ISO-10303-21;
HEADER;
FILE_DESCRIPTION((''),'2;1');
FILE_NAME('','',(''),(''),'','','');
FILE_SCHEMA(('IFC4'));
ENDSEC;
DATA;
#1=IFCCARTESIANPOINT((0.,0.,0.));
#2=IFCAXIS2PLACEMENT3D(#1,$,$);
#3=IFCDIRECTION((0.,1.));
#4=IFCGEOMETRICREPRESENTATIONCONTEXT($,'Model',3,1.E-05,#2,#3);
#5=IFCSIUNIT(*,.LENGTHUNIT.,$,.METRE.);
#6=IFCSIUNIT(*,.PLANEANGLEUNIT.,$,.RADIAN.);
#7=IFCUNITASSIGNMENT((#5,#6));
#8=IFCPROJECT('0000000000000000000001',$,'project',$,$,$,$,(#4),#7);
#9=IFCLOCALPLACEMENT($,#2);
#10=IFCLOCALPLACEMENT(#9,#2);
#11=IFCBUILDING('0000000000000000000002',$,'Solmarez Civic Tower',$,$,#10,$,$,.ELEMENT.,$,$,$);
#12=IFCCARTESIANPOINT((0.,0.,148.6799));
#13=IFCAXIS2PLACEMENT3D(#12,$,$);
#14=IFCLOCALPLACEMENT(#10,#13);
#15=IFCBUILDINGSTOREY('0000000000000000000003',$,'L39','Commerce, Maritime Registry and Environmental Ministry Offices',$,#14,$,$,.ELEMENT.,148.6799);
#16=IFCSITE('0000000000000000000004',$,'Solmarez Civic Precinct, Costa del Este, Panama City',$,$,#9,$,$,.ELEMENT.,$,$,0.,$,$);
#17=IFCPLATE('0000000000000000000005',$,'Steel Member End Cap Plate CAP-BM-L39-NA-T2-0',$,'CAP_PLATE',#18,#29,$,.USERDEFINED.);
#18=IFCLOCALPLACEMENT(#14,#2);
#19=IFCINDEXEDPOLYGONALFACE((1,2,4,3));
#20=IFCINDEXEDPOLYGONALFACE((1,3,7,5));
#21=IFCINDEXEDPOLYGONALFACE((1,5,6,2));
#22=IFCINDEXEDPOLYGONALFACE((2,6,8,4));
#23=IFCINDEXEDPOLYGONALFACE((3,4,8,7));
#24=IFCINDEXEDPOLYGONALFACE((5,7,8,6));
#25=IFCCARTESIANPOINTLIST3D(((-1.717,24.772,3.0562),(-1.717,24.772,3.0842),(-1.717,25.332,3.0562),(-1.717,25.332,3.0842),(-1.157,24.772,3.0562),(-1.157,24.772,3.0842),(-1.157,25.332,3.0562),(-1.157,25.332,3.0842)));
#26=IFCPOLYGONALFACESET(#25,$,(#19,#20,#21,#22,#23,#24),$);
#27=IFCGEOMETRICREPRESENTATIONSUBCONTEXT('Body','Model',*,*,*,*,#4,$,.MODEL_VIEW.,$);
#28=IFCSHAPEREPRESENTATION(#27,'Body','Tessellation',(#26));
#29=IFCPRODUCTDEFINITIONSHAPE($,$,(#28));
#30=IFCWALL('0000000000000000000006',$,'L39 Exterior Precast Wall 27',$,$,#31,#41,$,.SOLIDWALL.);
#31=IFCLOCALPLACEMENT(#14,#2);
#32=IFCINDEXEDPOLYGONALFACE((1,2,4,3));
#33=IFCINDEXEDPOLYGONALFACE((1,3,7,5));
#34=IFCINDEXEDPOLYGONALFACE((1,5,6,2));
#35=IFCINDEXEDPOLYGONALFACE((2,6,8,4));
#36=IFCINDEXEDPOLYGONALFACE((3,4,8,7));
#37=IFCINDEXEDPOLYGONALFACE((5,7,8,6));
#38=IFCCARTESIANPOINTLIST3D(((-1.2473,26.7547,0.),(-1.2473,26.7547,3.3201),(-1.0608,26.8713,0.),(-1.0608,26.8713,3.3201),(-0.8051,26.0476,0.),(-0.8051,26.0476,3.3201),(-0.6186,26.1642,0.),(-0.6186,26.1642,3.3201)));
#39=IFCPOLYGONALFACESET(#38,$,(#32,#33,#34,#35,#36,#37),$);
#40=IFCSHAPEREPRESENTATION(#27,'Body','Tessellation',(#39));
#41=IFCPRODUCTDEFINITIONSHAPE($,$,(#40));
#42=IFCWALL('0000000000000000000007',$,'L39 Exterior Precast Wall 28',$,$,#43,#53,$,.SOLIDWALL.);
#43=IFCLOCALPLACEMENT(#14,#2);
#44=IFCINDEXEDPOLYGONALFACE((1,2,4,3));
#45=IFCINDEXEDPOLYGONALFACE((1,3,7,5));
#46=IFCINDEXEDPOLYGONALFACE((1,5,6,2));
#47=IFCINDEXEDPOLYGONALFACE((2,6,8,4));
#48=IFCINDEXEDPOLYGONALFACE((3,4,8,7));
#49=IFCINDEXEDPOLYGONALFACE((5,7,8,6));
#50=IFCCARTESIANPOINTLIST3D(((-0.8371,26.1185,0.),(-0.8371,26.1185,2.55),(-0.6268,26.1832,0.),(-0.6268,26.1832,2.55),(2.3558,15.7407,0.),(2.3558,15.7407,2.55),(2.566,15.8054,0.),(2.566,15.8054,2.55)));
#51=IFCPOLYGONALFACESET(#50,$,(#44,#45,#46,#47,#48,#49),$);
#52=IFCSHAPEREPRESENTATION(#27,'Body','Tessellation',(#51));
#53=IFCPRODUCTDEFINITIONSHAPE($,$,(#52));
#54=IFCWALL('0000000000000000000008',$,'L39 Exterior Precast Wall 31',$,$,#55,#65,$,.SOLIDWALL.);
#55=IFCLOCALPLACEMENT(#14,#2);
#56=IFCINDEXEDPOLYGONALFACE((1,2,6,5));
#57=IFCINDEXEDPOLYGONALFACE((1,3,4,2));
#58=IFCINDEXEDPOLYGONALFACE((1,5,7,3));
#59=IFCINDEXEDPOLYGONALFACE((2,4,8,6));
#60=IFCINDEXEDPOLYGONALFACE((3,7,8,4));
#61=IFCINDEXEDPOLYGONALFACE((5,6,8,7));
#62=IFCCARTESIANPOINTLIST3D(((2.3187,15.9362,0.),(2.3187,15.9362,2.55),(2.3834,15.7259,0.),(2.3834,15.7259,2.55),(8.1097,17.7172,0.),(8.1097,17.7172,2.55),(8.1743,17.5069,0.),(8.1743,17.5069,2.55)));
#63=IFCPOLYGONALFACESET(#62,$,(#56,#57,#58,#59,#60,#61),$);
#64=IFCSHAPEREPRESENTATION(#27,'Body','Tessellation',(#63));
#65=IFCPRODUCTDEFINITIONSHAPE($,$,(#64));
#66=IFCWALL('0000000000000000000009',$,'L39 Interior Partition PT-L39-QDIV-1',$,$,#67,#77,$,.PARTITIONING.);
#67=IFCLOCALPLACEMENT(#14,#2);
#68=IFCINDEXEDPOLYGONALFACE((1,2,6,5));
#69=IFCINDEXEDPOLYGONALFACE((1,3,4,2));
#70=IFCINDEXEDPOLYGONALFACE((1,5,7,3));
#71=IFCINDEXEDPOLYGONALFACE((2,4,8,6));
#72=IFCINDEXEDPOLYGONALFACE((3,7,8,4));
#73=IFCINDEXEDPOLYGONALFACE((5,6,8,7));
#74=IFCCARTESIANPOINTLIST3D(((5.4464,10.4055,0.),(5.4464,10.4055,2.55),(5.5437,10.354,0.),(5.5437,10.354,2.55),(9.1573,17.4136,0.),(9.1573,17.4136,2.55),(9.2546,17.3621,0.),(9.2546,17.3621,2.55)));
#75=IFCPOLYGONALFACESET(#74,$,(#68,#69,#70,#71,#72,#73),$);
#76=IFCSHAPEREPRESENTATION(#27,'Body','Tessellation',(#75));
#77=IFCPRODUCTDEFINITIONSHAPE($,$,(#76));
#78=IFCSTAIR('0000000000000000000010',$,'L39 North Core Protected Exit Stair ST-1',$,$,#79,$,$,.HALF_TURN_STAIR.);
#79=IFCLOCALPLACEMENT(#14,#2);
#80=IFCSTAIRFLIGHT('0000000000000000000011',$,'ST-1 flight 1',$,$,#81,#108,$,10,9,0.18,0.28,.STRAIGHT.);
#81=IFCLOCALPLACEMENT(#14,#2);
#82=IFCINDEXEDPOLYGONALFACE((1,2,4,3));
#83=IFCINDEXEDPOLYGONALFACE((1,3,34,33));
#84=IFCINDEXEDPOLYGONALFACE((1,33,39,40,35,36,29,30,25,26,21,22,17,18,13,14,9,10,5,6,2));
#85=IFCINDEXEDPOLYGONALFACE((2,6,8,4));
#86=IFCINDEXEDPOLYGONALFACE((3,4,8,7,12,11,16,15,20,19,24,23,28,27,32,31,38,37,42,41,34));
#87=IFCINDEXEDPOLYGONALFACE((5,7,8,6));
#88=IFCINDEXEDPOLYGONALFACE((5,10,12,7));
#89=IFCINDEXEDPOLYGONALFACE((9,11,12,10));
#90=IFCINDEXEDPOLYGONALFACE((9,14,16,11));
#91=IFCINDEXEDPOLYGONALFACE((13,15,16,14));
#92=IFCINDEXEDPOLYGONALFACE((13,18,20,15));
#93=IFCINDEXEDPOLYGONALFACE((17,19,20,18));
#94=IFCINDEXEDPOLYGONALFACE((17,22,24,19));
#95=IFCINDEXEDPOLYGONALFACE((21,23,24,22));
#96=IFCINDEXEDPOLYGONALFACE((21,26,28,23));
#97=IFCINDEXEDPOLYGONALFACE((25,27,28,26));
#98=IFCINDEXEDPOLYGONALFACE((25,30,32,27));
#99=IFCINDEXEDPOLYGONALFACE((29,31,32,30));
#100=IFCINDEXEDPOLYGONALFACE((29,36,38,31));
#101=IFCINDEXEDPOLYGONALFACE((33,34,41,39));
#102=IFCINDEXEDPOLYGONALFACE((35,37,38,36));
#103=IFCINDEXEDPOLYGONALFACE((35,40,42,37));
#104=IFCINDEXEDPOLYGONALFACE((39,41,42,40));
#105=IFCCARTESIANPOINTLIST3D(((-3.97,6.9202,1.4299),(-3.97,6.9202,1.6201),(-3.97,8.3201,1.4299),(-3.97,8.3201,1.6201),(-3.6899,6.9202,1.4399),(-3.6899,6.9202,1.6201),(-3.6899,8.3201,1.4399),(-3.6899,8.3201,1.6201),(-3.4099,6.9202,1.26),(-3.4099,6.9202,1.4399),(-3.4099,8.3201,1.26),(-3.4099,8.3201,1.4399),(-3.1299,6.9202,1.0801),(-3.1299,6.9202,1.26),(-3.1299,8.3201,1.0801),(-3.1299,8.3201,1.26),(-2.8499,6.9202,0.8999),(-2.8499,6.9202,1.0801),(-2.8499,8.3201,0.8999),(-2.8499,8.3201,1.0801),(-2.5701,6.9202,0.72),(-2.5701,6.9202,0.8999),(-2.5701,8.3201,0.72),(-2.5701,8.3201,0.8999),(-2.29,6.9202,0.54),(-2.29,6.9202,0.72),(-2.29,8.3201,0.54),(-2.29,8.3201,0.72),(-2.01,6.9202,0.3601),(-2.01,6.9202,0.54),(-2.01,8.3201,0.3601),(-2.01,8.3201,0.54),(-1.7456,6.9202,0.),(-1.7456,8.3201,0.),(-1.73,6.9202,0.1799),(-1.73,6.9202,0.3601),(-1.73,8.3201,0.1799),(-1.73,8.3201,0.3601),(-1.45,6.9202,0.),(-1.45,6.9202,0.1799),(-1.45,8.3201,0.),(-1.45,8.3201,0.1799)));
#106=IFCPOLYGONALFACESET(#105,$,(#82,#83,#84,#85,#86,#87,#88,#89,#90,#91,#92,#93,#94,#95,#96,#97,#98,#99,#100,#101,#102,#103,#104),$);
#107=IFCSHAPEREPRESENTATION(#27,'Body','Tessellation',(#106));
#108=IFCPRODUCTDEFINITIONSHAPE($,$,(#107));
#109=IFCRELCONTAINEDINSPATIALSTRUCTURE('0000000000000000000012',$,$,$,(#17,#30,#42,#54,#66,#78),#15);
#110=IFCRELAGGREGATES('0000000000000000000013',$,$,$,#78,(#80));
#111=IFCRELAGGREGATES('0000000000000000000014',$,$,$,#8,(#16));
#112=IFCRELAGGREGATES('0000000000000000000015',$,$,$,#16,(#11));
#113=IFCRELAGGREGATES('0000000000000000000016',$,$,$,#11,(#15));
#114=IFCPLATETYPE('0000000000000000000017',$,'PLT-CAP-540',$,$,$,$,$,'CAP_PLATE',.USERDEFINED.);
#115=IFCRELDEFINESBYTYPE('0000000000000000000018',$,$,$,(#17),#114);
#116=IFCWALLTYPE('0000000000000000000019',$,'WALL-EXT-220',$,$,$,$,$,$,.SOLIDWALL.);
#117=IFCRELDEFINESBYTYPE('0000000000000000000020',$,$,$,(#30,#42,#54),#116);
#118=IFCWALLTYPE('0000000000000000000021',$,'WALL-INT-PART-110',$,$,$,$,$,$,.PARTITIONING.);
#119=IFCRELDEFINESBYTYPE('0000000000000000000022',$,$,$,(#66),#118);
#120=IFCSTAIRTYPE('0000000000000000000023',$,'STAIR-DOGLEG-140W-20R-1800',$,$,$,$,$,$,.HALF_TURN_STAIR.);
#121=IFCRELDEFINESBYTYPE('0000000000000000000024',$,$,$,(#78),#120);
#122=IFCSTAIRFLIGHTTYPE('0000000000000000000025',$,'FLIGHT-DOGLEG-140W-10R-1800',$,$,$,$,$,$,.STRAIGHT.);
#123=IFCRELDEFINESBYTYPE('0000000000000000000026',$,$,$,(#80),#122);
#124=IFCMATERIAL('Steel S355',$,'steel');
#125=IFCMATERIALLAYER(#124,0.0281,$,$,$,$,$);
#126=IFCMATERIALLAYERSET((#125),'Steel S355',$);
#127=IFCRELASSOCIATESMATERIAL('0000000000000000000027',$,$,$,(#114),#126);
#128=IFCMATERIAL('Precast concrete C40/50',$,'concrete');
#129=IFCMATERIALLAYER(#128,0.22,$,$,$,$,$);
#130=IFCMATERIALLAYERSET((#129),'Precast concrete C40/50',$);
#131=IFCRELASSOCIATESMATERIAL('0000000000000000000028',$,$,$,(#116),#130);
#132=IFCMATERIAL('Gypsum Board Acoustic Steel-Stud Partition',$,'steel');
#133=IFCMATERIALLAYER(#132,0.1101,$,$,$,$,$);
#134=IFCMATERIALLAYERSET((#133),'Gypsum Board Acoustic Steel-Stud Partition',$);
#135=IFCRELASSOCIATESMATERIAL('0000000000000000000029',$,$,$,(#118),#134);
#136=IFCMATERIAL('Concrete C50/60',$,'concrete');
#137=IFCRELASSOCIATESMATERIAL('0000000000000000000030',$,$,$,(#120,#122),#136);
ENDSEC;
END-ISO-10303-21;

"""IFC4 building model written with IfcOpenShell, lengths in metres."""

from ifc_helpers import new_model, si_unit, direction, frame, frame_2d, origin, origin_2d, place, context, subcontext, project, spatial, polyline, rectangle, outline, extrude, material, layer, layer_set, type_object, element, aggregate, save


model = new_model("IFC4")

# Units and contexts
model_context = context("Model", 3, precision=1e-05, world=origin(), true_north=direction((0.0, 1.0)))
body_context = subcontext(model_context, "Body", "Model", "MODEL_VIEW")
ifc_project = project(units=[si_unit("LENGTHUNIT", "METRE"), si_unit("PLANEANGLEUNIT", "RADIAN")], contexts=[model_context])

# Site, building, storey
site_placement = place(None, origin())
site = spatial("IfcSite", under=ifc_project, at=site_placement, Name="Solmarez Civic Precinct, Costa del Este, Panama City", CompositionType="ELEMENT", RefElevation=0.0)
building_placement = place(site_placement, origin())
building = spatial("IfcBuilding", under=site, at=building_placement, Name="Solmarez Civic Tower", CompositionType="ELEMENT")
storey_placement = place(building_placement, frame((0.0, 0.0, 148.6799)))
storey = spatial("IfcBuildingStorey", under=building, at=storey_placement, Name="L39", Description="Commerce, Maritime Registry and Environmental Ministry Offices", CompositionType="ELEMENT", Elevation=148.6799)

# Shared definitions
ifc_material_1 = material(Name="Concrete C50/60", Category="concrete")

# Shared definitions
ifc_material_2 = material(Name="Steel S355", Category="steel")

# Plate
ifc_layer_1 = layer(ifc_material_2, 0.0281)
ifc_layer_set_1 = layer_set([ifc_layer_1], Name="Steel S355")
plate_type_1 = type_object("IfcPlateType", Name="PLT-CAP-540", ElementType="CAP_PLATE", PredefinedType="USERDEFINED", material=ifc_layer_set_1)
plate_placement = place(storey_placement, frame((-1.437, 25.052, 3.0562), z_axis=(0.0, 0.0, 1.0), x_axis=(1.0, 0.0, 0.0)))
element("IfcPlate", 1, at=plate_placement, inside=storey, type_object=plate_type_1, Name="Steel Member End Cap Plate CAP-BM-L39-NA-T2-0", ObjectType="CAP_PLATE", PredefinedType="USERDEFINED", context=body_context, shape_type="SweptSolid", body=[
    extrude(rectangle(XDim=0.5601, YDim=0.5601, at=origin_2d()), origin(), (0.0, 0.0, 1.0), 0.0281),
])

# Walls
ifc_material_3 = material(Name="Precast concrete C40/50", Category="concrete")
ifc_layer_2 = layer(ifc_material_3, 0.22)
ifc_layer_set_2 = layer_set([ifc_layer_2], Name="Precast concrete C40/50")
wall_type_1 = type_object("IfcWallType", Name="WALL-EXT-220", PredefinedType="SOLIDWALL", material=ifc_layer_set_2)
wall_1_placement = place(storey_placement, frame((-1.1541, 26.813, 0.0), z_axis=(0.0, 0.0, 1.0), x_axis=(0.530209, -0.847867, 0.0)))
element("IfcWall", 2, at=wall_1_placement, inside=storey, type_object=wall_type_1, Name="L39 Exterior Precast Wall 27", PredefinedType="SOLIDWALL", context=body_context, shape_type="SweptSolid", body=[
    extrude(rectangle(XDim=0.834, YDim=0.22, at=frame_2d((0.417, 0.0))), origin(), (0.0, 0.0, 1.0), 3.3201),
])
wall_2_placement = place(storey_placement, frame((-0.7319, 26.1509, 0.0), z_axis=(0.0, 0.0, 1.0), x_axis=(0.294057, -0.955788, 0.0)))
element("IfcWall", 3, at=wall_2_placement, inside=storey, type_object=wall_type_1, Name="L39 Exterior Precast Wall 28", PredefinedType="SOLIDWALL", context=body_context, shape_type="SweptSolid", body=[
    extrude(rectangle(XDim=10.8579, YDim=0.22, at=frame_2d((5.429, 0.0))), origin(), (0.0, 0.0, 1.0), 2.55),
])
wall_3_placement = place(storey_placement, frame((2.3511, 15.8311, 0.0), z_axis=(0.0, 0.0, 1.0), x_axis=(0.955818, 0.293958, 0.0)))
element("IfcWall", 4, at=wall_3_placement, inside=storey, type_object=wall_type_1, Name="L39 Exterior Precast Wall 31", PredefinedType="SOLIDWALL", context=body_context, shape_type="SweptSolid", body=[
    extrude(rectangle(XDim=6.0586, YDim=0.22, at=frame_2d((3.0293, 0.0))), origin(), (0.0, 0.0, 1.0), 2.55),
])
ifc_material_4 = material(Name="Gypsum Board Acoustic Steel-Stud Partition", Category="steel")
ifc_layer_3 = layer(ifc_material_4, 0.1101)
ifc_layer_set_3 = layer_set([ifc_layer_3], Name="Gypsum Board Acoustic Steel-Stud Partition")
wall_type_2 = type_object("IfcWallType", Name="WALL-INT-PART-110", PredefinedType="PARTITIONING", material=ifc_layer_set_3)
wall_4_placement = place(storey_placement, frame((5.4951, 10.3799, 0.0), z_axis=(0.0, 0.0, 1.0), x_axis=(0.467966, 0.883747, 0.0)))
element("IfcWall", 5, at=wall_4_placement, inside=storey, type_object=wall_type_2, Name="L39 Interior Partition PT-L39-QDIV-1", PredefinedType="PARTITIONING", context=body_context, shape_type="SweptSolid", body=[
    extrude(rectangle(XDim=7.9299, YDim=0.1101, at=frame_2d((3.9648, 0.0))), origin(), (0.0, 0.0, 1.0), 2.55),
])

# Stair, stair flight
stair_type = type_object("IfcStairType", Name="STAIR-DOGLEG-140W-20R-1800", PredefinedType="HALF_TURN_STAIR", material=ifc_material_1)
stair_placement = place(storey_placement, origin())
stair = element("IfcStair", 6, at=stair_placement, inside=storey, type_object=stair_type, Name="L39 North Core Protected Exit Stair ST-1", PredefinedType="HALF_TURN_STAIR")
stair_flight_type = type_object("IfcStairFlightType", Name="FLIGHT-DOGLEG-140W-10R-1800", PredefinedType="STRAIGHT", material=ifc_material_1)
stair_flight_placement = place(storey_placement, frame((-1.45, 7.6201, 0.0), z_axis=(0.0, 0.0, 1.0), x_axis=(-1.0, 0.0, 0.0)))
stair_flight = element("IfcStairFlight", 7, at=stair_flight_placement, type_object=stair_flight_type, Name="ST-1 flight 1", NumberOfRisers=10, NumberOfTreads=9, PredefinedType="STRAIGHT", RiserHeight=0.18, TreadLength=0.28, context=body_context, shape_type="SweptSolid", body=[
    extrude(outline(polyline([(0.0, 0.0), (0.0, 0.1799), (0.28, 0.1799), (0.28, 0.3601), (0.5601, 0.3601), (0.5601, 0.54), (0.8401, 0.54), (0.8401, 0.72), (1.1201, 0.72), (1.1201, 0.8999), (1.3999, 0.8999), (1.3999, 1.0801), (1.6799, 1.0801), (1.6799, 1.26), (1.96, 1.26), (1.96, 1.4399), (2.24, 1.4399), (2.24, 1.6201), (2.52, 1.6201), (2.52, 1.8), (2.52, 1.4299), (0.2957, 0.0), (0.0, 0.0)])), frame((0.0, 0.7, 0.0), z_axis=(0.0, -1.0, 0.0), x_axis=(1.0, 0.0, 0.0)), (0.0, 0.0, 1.0), 1.3999),
])
aggregate(stair, [stair_flight])

save(model, "model.ifc")
